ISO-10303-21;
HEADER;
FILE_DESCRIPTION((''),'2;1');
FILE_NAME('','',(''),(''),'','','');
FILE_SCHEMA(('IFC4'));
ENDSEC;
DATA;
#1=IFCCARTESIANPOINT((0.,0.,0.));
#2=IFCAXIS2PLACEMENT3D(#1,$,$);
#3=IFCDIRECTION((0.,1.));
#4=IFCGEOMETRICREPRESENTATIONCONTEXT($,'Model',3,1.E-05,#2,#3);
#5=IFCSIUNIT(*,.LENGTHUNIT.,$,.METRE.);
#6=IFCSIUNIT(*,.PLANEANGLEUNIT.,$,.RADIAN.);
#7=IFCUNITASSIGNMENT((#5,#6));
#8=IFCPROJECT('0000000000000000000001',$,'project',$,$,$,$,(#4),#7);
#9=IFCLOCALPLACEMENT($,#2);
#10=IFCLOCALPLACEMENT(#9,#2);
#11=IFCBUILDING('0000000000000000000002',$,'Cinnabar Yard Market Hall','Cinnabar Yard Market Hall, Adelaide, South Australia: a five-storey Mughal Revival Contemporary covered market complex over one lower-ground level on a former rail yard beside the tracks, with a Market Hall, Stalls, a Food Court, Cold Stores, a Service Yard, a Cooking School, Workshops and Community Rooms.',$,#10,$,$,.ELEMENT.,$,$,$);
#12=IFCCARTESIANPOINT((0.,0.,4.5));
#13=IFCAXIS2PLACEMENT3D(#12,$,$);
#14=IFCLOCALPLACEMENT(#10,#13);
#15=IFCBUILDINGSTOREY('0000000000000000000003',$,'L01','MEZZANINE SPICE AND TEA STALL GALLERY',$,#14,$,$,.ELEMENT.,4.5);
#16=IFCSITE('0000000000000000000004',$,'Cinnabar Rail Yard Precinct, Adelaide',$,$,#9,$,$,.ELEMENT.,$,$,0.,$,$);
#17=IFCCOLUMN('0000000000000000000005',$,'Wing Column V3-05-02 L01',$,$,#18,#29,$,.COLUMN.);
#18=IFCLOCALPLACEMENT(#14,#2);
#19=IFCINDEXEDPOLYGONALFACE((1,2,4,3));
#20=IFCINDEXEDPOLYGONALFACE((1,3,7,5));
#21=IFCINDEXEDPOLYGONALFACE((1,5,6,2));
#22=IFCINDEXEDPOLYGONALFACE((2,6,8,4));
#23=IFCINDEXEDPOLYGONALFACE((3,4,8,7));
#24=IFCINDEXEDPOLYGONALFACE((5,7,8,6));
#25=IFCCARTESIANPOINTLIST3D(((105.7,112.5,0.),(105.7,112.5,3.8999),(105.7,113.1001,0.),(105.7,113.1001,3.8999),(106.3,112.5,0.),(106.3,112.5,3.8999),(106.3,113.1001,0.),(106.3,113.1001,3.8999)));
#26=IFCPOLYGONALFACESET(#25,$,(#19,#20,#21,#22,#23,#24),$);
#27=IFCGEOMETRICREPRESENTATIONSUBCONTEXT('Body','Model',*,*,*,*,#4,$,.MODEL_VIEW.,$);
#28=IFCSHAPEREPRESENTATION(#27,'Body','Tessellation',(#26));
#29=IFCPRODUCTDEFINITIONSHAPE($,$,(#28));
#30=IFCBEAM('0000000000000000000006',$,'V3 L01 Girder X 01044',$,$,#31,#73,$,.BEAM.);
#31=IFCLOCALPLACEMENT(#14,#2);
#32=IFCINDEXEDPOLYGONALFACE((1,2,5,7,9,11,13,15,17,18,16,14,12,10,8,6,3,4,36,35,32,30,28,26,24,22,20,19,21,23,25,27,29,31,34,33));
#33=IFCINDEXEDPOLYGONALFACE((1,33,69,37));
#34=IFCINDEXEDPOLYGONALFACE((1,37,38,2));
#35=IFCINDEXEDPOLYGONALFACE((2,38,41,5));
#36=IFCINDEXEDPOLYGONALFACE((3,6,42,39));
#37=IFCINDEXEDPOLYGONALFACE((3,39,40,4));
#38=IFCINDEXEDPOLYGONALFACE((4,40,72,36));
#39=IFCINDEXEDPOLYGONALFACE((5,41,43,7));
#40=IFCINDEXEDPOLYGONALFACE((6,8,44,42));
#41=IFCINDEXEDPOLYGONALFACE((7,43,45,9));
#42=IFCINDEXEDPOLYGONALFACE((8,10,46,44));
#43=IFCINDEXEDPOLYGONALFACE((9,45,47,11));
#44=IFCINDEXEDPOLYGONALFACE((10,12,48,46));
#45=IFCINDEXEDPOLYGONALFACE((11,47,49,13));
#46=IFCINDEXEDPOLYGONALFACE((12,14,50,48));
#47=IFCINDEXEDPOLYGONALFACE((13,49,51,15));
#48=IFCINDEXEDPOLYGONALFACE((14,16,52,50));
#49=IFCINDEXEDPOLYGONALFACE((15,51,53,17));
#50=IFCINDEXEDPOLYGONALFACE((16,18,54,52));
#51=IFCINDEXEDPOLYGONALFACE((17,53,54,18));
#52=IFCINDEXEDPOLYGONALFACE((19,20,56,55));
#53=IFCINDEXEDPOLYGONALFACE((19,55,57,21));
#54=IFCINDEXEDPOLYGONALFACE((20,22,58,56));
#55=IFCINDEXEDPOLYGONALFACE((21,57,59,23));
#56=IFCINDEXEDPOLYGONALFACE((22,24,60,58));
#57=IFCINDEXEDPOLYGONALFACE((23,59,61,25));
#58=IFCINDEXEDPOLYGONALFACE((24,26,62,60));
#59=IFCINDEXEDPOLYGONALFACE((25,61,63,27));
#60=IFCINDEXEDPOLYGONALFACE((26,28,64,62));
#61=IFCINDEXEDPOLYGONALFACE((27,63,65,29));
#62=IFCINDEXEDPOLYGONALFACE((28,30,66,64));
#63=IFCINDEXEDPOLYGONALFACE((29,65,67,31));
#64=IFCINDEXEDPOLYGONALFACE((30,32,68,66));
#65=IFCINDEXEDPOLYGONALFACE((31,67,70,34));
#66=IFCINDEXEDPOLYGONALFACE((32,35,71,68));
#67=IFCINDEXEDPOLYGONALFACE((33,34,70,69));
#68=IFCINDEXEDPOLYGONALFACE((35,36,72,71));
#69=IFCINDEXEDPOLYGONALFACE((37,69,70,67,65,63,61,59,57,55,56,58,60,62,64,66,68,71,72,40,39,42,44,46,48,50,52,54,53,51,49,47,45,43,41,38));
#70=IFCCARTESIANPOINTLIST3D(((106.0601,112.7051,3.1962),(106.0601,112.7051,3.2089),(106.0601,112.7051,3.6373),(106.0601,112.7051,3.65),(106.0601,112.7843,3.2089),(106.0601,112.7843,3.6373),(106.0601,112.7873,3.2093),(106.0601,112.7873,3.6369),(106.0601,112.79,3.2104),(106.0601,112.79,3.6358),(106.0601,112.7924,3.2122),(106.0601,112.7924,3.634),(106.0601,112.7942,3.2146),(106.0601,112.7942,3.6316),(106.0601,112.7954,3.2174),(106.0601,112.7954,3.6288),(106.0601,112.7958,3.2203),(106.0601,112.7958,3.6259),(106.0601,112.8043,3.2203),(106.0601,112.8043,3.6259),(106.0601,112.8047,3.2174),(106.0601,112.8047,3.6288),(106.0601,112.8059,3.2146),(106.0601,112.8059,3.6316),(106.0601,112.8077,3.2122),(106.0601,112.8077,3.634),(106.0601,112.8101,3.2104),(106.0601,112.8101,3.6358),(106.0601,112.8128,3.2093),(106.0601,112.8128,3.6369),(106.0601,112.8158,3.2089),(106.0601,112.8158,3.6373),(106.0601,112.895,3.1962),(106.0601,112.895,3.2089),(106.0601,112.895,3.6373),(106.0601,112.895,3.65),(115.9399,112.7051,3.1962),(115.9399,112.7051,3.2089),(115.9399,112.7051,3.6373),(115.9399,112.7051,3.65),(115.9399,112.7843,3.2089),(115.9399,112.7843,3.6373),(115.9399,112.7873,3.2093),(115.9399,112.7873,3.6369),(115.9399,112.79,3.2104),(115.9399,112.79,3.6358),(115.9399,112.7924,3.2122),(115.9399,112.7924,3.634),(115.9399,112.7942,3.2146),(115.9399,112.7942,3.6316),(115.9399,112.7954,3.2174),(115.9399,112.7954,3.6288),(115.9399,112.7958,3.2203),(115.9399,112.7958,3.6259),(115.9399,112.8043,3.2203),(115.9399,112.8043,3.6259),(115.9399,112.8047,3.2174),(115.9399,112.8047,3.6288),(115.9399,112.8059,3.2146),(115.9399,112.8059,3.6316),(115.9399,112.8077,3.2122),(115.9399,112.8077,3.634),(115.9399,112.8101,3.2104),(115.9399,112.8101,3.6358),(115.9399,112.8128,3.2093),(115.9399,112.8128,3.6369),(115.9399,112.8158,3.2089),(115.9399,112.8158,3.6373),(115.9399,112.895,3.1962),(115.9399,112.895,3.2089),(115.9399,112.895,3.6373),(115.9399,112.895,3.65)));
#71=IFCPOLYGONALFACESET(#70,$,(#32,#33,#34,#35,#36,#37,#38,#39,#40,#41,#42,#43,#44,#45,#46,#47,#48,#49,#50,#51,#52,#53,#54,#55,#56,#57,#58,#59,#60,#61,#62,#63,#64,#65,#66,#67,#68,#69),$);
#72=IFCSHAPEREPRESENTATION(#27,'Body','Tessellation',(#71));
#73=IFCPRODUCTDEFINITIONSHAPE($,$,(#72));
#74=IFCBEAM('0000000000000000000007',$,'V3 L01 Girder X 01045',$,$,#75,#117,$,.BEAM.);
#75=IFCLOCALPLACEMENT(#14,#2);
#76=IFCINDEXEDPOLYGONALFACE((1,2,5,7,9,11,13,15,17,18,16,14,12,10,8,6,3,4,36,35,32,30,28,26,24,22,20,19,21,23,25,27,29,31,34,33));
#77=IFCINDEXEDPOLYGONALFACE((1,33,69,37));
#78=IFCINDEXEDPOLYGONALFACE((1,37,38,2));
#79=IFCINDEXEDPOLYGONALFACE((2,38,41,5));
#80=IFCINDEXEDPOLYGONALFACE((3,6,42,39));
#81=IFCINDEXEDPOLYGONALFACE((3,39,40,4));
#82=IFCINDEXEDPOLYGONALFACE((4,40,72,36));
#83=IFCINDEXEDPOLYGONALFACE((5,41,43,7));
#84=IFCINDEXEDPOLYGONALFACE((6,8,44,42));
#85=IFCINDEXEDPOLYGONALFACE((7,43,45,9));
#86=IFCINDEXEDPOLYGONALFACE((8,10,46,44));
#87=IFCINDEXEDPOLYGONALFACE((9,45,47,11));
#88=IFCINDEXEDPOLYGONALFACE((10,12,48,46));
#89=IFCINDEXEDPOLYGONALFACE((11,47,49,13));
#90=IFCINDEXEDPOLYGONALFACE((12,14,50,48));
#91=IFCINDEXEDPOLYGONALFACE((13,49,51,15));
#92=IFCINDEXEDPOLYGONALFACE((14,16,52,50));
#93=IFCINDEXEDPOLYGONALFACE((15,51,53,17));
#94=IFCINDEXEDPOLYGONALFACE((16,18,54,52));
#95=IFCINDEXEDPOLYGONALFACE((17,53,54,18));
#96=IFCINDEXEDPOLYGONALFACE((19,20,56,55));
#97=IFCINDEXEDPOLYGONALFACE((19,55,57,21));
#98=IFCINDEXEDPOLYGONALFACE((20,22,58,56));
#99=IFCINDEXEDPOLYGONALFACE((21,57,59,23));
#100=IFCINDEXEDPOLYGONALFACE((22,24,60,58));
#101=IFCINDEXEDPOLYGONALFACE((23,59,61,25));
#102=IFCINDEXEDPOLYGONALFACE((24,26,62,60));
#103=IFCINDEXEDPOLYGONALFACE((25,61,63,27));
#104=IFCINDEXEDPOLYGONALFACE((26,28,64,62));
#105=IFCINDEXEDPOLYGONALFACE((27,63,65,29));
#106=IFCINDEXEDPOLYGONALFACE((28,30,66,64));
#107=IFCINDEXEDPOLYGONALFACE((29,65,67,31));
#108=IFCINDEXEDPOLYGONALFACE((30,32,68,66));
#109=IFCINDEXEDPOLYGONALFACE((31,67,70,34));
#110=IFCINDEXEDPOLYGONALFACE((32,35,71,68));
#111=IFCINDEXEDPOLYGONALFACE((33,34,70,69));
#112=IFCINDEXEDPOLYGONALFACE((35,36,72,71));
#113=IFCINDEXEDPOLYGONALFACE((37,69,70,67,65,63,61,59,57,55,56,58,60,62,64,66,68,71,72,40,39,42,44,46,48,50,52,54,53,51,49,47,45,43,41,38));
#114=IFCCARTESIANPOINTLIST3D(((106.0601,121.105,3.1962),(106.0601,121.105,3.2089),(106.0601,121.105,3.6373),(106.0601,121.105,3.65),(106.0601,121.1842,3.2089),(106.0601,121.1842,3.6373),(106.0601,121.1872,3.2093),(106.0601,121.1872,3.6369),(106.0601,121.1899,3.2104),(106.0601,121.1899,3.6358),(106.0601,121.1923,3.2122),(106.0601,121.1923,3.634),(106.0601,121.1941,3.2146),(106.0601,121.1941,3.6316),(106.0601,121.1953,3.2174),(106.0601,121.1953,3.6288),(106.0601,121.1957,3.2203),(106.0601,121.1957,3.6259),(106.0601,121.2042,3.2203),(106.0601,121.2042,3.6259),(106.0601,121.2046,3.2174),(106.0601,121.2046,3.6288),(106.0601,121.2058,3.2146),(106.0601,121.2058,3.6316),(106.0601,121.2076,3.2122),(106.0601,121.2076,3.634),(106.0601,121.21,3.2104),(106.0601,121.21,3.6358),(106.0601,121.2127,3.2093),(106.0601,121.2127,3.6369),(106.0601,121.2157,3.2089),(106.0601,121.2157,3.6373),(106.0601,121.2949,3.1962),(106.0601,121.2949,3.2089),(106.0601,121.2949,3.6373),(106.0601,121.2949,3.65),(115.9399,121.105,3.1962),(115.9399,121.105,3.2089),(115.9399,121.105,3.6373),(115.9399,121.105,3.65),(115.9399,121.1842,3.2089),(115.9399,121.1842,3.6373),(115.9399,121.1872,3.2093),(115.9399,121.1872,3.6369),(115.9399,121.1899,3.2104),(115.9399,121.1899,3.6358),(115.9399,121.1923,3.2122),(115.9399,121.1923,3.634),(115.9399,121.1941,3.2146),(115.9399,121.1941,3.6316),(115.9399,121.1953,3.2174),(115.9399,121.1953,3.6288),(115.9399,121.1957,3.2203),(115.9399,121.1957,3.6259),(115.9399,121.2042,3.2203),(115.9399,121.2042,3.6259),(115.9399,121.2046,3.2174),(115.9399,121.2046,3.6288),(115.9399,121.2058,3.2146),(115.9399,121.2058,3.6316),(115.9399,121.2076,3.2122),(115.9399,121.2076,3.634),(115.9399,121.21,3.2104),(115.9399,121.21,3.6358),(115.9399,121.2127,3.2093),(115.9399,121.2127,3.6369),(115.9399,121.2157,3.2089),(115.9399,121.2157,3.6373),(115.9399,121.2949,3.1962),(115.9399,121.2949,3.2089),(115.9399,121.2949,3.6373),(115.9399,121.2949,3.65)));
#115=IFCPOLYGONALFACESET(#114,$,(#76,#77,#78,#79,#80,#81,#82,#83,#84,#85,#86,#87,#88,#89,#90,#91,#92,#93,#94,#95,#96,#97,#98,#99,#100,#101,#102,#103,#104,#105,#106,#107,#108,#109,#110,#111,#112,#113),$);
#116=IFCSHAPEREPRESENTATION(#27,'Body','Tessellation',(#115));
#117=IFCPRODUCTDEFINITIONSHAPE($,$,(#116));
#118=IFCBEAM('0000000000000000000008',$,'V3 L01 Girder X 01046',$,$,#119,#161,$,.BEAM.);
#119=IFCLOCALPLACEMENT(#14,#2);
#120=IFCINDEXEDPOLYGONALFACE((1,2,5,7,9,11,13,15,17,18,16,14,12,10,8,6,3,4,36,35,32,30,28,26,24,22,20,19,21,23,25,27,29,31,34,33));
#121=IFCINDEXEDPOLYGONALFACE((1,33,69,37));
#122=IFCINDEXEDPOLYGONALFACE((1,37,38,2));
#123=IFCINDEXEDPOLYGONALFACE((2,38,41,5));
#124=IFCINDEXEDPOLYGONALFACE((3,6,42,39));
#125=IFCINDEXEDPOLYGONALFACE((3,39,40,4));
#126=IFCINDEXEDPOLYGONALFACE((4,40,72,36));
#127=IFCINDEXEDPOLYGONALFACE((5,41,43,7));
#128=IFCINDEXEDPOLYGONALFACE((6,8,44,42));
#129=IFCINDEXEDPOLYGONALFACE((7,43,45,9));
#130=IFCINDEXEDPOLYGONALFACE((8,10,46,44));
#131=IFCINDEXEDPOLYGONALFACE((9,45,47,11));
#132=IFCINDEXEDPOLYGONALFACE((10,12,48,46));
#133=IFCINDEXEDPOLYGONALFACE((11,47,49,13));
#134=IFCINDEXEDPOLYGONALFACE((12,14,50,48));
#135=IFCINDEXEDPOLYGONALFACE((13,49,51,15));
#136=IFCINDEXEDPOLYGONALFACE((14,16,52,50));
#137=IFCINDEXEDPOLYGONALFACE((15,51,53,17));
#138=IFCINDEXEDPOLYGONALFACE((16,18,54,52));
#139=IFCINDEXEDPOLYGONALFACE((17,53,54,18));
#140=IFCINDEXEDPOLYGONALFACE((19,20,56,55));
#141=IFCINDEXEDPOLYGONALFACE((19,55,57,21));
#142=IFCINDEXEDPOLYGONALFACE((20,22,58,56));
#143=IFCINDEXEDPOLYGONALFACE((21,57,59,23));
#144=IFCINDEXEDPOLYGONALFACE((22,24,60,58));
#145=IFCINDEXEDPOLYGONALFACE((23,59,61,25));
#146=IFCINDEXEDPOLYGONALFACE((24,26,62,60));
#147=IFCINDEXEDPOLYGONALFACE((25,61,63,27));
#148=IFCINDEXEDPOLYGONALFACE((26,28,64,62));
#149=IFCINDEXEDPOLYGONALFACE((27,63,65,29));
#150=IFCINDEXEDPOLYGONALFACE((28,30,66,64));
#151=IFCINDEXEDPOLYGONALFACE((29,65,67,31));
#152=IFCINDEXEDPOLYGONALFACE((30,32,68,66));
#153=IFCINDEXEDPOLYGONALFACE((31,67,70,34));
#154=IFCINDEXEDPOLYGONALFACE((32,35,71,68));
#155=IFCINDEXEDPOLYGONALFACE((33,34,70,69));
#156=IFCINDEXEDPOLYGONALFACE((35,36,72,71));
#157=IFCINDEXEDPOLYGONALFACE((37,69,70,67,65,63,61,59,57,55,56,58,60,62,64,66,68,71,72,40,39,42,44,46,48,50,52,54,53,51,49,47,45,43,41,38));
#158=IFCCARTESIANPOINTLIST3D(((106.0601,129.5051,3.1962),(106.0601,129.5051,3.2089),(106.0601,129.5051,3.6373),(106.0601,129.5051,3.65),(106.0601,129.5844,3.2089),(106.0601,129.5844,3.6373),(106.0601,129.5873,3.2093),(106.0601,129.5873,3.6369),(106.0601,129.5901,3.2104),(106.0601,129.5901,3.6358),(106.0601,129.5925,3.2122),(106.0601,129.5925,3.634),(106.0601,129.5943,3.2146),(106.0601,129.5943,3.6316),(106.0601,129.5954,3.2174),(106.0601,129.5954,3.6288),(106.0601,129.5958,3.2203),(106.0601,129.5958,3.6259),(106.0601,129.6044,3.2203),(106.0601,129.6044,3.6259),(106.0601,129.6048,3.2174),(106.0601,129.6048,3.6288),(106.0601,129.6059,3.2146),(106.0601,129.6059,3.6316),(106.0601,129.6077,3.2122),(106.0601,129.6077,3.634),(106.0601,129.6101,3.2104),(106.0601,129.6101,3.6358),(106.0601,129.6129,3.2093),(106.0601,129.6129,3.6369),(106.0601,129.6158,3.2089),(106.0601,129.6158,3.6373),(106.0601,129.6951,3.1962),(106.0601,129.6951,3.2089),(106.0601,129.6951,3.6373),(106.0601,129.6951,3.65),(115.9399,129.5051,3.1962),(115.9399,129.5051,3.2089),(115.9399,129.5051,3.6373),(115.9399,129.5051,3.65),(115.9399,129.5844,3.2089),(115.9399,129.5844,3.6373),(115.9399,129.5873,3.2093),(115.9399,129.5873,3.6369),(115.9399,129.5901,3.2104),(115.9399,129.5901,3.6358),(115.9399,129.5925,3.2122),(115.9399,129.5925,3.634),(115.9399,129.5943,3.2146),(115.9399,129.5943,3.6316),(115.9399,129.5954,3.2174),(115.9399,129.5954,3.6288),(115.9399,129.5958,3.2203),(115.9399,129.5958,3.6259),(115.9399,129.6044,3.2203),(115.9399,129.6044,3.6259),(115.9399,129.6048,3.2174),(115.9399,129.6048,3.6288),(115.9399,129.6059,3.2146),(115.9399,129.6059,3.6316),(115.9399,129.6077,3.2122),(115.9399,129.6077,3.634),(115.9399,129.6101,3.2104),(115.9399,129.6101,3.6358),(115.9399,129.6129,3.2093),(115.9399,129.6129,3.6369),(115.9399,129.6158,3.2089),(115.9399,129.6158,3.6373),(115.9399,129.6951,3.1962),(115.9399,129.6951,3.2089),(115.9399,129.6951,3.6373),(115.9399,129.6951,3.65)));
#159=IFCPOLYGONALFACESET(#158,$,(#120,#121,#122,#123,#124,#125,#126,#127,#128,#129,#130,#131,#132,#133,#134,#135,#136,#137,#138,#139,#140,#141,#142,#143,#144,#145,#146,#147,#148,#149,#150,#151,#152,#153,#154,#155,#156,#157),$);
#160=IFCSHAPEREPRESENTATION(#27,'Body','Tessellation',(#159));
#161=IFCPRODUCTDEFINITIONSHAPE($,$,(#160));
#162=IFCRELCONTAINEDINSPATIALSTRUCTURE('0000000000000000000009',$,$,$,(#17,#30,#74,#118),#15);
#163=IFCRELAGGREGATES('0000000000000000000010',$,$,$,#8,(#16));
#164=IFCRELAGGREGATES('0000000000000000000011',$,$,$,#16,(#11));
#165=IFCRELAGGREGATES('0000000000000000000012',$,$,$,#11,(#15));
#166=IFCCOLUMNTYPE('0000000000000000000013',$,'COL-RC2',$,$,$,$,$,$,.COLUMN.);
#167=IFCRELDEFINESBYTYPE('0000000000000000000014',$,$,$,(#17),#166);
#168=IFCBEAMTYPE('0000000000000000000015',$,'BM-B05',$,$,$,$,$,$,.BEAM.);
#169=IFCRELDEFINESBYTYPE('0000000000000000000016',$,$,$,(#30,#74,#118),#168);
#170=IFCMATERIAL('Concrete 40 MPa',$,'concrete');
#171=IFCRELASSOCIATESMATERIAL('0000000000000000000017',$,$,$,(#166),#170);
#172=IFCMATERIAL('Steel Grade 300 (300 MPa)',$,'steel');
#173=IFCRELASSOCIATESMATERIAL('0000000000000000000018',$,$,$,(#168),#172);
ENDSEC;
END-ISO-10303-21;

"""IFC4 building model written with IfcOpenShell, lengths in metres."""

from ifc_helpers import new_model, si_unit, direction, frame, origin, origin_2d_with_axis, place, context, subcontext, project, spatial, rectangle, i_section, extrude, material, material_profile, profile_set, type_object, element, save


model = new_model("IFC4")

# Units and contexts
model_context = context("Model", 3, precision=1e-05, world=origin(), true_north=direction((0.0, 1.0)))
body_context = subcontext(model_context, "Body", "Model", "MODEL_VIEW")
ifc_project = project(units=[si_unit("LENGTHUNIT", "METRE"), si_unit("PLANEANGLEUNIT", "RADIAN")], contexts=[model_context])

# Site, building, storey
site_placement = place(None, origin())
site = spatial("IfcSite", under=ifc_project, at=site_placement, Name="Cinnabar Rail Yard Precinct, Adelaide", CompositionType="ELEMENT", RefElevation=0.0)
building_placement = place(site_placement, origin())
building = spatial("IfcBuilding", under=site, at=building_placement, Name="Cinnabar Yard Market Hall", Description="Cinnabar Yard Market Hall, Adelaide, South Australia: a five-storey Mughal Revival Contemporary covered market complex over one lower-ground level on a former rail yard beside the tracks, with a Market Hall, Stalls, a Food Court, Cold Stores, a Service Yard, a Cooking School, Workshops and Community Rooms.", CompositionType="ELEMENT")
storey_placement = place(building_placement, frame((0.0, 0.0, 4.5)))
storey = spatial("IfcBuildingStorey", under=building, at=storey_placement, Name="L01", Description="MEZZANINE SPICE AND TEA STALL GALLERY", CompositionType="ELEMENT", Elevation=4.5)

# Column
ifc_material_1 = material(Name="Concrete 40 MPa", Category="concrete")
ifc_material_profile_1 = material_profile(ifc_material_1, rectangle(XDim=0.6001, YDim=0.6001, at=origin_2d_with_axis()), Name="RC-600x600")
ifc_profile_set_1 = profile_set([ifc_material_profile_1], Name="Concrete 40 MPa")
column_type_1 = type_object("IfcColumnType", Name="COL-RC2", PredefinedType="COLUMN", material=ifc_profile_set_1)
column_1_placement = place(storey_placement, frame((106.0, 112.8, 0.0), z_axis=(0.0, 0.0, 1.0), x_axis=(1.0, 0.0, 0.0)))
element("IfcColumn", 1, at=column_1_placement, inside=storey, type_object=column_type_1, Name="Wing Column V3-05-02 L01", PredefinedType="COLUMN", context=body_context, shape_type="SweptSolid", body=[
    extrude(rectangle(XDim=0.6001, YDim=0.6001, at=origin_2d_with_axis()), origin(), (0.0, 0.0, 1.0), 3.8999),
])

# Beams
ifc_material_2 = material(Name="Steel Grade 300 (300 MPa)", Category="steel")
ifc_material_profile_2 = material_profile(ifc_material_2, i_section(OverallWidth=0.1899, OverallDepth=0.4539, WebThickness=0.0085, FlangeThickness=0.0127, FilletRadius=0.0115, at=origin_2d_with_axis()), Name="460UB67.1")
ifc_profile_set_2 = profile_set([ifc_material_profile_2], Name="Steel Grade 300 (300 MPa)")
beam_type_1 = type_object("IfcBeamType", Name="BM-B05", PredefinedType="BEAM", material=ifc_profile_set_2)
for number, where, z_axis, x_axis, name in (
    (2, (106.0601, 112.8, 3.4231), (1.0, 0.0, 0.0), (0.0, 1.0, 0.0), "V3 L01 Girder X 01044"),
    (3, (106.0601, 121.2, 3.4231), (1.0, 0.0, 0.0), (0.0, 1.0, 0.0), "V3 L01 Girder X 01045"),
    (4, (106.0601, 129.6001, 3.4231), (1.0, 0.0, 0.0), (0.0, 1.0, 0.0), "V3 L01 Girder X 01046"),
):
    element("IfcBeam", number, at=place(storey_placement, frame(where, z_axis=z_axis, x_axis=x_axis)), inside=storey, type_object=beam_type_1, Name=name, PredefinedType="BEAM", context=body_context, shape_type="SweptSolid", body=[
        extrude(i_section(OverallWidth=0.1899, OverallDepth=0.4539, WebThickness=0.0085, FlangeThickness=0.0127, FilletRadius=0.0115, at=origin_2d_with_axis()), origin(), (0.0, 0.0, 1.0), 9.8799),
    ])

save(model, "model.ifc")
